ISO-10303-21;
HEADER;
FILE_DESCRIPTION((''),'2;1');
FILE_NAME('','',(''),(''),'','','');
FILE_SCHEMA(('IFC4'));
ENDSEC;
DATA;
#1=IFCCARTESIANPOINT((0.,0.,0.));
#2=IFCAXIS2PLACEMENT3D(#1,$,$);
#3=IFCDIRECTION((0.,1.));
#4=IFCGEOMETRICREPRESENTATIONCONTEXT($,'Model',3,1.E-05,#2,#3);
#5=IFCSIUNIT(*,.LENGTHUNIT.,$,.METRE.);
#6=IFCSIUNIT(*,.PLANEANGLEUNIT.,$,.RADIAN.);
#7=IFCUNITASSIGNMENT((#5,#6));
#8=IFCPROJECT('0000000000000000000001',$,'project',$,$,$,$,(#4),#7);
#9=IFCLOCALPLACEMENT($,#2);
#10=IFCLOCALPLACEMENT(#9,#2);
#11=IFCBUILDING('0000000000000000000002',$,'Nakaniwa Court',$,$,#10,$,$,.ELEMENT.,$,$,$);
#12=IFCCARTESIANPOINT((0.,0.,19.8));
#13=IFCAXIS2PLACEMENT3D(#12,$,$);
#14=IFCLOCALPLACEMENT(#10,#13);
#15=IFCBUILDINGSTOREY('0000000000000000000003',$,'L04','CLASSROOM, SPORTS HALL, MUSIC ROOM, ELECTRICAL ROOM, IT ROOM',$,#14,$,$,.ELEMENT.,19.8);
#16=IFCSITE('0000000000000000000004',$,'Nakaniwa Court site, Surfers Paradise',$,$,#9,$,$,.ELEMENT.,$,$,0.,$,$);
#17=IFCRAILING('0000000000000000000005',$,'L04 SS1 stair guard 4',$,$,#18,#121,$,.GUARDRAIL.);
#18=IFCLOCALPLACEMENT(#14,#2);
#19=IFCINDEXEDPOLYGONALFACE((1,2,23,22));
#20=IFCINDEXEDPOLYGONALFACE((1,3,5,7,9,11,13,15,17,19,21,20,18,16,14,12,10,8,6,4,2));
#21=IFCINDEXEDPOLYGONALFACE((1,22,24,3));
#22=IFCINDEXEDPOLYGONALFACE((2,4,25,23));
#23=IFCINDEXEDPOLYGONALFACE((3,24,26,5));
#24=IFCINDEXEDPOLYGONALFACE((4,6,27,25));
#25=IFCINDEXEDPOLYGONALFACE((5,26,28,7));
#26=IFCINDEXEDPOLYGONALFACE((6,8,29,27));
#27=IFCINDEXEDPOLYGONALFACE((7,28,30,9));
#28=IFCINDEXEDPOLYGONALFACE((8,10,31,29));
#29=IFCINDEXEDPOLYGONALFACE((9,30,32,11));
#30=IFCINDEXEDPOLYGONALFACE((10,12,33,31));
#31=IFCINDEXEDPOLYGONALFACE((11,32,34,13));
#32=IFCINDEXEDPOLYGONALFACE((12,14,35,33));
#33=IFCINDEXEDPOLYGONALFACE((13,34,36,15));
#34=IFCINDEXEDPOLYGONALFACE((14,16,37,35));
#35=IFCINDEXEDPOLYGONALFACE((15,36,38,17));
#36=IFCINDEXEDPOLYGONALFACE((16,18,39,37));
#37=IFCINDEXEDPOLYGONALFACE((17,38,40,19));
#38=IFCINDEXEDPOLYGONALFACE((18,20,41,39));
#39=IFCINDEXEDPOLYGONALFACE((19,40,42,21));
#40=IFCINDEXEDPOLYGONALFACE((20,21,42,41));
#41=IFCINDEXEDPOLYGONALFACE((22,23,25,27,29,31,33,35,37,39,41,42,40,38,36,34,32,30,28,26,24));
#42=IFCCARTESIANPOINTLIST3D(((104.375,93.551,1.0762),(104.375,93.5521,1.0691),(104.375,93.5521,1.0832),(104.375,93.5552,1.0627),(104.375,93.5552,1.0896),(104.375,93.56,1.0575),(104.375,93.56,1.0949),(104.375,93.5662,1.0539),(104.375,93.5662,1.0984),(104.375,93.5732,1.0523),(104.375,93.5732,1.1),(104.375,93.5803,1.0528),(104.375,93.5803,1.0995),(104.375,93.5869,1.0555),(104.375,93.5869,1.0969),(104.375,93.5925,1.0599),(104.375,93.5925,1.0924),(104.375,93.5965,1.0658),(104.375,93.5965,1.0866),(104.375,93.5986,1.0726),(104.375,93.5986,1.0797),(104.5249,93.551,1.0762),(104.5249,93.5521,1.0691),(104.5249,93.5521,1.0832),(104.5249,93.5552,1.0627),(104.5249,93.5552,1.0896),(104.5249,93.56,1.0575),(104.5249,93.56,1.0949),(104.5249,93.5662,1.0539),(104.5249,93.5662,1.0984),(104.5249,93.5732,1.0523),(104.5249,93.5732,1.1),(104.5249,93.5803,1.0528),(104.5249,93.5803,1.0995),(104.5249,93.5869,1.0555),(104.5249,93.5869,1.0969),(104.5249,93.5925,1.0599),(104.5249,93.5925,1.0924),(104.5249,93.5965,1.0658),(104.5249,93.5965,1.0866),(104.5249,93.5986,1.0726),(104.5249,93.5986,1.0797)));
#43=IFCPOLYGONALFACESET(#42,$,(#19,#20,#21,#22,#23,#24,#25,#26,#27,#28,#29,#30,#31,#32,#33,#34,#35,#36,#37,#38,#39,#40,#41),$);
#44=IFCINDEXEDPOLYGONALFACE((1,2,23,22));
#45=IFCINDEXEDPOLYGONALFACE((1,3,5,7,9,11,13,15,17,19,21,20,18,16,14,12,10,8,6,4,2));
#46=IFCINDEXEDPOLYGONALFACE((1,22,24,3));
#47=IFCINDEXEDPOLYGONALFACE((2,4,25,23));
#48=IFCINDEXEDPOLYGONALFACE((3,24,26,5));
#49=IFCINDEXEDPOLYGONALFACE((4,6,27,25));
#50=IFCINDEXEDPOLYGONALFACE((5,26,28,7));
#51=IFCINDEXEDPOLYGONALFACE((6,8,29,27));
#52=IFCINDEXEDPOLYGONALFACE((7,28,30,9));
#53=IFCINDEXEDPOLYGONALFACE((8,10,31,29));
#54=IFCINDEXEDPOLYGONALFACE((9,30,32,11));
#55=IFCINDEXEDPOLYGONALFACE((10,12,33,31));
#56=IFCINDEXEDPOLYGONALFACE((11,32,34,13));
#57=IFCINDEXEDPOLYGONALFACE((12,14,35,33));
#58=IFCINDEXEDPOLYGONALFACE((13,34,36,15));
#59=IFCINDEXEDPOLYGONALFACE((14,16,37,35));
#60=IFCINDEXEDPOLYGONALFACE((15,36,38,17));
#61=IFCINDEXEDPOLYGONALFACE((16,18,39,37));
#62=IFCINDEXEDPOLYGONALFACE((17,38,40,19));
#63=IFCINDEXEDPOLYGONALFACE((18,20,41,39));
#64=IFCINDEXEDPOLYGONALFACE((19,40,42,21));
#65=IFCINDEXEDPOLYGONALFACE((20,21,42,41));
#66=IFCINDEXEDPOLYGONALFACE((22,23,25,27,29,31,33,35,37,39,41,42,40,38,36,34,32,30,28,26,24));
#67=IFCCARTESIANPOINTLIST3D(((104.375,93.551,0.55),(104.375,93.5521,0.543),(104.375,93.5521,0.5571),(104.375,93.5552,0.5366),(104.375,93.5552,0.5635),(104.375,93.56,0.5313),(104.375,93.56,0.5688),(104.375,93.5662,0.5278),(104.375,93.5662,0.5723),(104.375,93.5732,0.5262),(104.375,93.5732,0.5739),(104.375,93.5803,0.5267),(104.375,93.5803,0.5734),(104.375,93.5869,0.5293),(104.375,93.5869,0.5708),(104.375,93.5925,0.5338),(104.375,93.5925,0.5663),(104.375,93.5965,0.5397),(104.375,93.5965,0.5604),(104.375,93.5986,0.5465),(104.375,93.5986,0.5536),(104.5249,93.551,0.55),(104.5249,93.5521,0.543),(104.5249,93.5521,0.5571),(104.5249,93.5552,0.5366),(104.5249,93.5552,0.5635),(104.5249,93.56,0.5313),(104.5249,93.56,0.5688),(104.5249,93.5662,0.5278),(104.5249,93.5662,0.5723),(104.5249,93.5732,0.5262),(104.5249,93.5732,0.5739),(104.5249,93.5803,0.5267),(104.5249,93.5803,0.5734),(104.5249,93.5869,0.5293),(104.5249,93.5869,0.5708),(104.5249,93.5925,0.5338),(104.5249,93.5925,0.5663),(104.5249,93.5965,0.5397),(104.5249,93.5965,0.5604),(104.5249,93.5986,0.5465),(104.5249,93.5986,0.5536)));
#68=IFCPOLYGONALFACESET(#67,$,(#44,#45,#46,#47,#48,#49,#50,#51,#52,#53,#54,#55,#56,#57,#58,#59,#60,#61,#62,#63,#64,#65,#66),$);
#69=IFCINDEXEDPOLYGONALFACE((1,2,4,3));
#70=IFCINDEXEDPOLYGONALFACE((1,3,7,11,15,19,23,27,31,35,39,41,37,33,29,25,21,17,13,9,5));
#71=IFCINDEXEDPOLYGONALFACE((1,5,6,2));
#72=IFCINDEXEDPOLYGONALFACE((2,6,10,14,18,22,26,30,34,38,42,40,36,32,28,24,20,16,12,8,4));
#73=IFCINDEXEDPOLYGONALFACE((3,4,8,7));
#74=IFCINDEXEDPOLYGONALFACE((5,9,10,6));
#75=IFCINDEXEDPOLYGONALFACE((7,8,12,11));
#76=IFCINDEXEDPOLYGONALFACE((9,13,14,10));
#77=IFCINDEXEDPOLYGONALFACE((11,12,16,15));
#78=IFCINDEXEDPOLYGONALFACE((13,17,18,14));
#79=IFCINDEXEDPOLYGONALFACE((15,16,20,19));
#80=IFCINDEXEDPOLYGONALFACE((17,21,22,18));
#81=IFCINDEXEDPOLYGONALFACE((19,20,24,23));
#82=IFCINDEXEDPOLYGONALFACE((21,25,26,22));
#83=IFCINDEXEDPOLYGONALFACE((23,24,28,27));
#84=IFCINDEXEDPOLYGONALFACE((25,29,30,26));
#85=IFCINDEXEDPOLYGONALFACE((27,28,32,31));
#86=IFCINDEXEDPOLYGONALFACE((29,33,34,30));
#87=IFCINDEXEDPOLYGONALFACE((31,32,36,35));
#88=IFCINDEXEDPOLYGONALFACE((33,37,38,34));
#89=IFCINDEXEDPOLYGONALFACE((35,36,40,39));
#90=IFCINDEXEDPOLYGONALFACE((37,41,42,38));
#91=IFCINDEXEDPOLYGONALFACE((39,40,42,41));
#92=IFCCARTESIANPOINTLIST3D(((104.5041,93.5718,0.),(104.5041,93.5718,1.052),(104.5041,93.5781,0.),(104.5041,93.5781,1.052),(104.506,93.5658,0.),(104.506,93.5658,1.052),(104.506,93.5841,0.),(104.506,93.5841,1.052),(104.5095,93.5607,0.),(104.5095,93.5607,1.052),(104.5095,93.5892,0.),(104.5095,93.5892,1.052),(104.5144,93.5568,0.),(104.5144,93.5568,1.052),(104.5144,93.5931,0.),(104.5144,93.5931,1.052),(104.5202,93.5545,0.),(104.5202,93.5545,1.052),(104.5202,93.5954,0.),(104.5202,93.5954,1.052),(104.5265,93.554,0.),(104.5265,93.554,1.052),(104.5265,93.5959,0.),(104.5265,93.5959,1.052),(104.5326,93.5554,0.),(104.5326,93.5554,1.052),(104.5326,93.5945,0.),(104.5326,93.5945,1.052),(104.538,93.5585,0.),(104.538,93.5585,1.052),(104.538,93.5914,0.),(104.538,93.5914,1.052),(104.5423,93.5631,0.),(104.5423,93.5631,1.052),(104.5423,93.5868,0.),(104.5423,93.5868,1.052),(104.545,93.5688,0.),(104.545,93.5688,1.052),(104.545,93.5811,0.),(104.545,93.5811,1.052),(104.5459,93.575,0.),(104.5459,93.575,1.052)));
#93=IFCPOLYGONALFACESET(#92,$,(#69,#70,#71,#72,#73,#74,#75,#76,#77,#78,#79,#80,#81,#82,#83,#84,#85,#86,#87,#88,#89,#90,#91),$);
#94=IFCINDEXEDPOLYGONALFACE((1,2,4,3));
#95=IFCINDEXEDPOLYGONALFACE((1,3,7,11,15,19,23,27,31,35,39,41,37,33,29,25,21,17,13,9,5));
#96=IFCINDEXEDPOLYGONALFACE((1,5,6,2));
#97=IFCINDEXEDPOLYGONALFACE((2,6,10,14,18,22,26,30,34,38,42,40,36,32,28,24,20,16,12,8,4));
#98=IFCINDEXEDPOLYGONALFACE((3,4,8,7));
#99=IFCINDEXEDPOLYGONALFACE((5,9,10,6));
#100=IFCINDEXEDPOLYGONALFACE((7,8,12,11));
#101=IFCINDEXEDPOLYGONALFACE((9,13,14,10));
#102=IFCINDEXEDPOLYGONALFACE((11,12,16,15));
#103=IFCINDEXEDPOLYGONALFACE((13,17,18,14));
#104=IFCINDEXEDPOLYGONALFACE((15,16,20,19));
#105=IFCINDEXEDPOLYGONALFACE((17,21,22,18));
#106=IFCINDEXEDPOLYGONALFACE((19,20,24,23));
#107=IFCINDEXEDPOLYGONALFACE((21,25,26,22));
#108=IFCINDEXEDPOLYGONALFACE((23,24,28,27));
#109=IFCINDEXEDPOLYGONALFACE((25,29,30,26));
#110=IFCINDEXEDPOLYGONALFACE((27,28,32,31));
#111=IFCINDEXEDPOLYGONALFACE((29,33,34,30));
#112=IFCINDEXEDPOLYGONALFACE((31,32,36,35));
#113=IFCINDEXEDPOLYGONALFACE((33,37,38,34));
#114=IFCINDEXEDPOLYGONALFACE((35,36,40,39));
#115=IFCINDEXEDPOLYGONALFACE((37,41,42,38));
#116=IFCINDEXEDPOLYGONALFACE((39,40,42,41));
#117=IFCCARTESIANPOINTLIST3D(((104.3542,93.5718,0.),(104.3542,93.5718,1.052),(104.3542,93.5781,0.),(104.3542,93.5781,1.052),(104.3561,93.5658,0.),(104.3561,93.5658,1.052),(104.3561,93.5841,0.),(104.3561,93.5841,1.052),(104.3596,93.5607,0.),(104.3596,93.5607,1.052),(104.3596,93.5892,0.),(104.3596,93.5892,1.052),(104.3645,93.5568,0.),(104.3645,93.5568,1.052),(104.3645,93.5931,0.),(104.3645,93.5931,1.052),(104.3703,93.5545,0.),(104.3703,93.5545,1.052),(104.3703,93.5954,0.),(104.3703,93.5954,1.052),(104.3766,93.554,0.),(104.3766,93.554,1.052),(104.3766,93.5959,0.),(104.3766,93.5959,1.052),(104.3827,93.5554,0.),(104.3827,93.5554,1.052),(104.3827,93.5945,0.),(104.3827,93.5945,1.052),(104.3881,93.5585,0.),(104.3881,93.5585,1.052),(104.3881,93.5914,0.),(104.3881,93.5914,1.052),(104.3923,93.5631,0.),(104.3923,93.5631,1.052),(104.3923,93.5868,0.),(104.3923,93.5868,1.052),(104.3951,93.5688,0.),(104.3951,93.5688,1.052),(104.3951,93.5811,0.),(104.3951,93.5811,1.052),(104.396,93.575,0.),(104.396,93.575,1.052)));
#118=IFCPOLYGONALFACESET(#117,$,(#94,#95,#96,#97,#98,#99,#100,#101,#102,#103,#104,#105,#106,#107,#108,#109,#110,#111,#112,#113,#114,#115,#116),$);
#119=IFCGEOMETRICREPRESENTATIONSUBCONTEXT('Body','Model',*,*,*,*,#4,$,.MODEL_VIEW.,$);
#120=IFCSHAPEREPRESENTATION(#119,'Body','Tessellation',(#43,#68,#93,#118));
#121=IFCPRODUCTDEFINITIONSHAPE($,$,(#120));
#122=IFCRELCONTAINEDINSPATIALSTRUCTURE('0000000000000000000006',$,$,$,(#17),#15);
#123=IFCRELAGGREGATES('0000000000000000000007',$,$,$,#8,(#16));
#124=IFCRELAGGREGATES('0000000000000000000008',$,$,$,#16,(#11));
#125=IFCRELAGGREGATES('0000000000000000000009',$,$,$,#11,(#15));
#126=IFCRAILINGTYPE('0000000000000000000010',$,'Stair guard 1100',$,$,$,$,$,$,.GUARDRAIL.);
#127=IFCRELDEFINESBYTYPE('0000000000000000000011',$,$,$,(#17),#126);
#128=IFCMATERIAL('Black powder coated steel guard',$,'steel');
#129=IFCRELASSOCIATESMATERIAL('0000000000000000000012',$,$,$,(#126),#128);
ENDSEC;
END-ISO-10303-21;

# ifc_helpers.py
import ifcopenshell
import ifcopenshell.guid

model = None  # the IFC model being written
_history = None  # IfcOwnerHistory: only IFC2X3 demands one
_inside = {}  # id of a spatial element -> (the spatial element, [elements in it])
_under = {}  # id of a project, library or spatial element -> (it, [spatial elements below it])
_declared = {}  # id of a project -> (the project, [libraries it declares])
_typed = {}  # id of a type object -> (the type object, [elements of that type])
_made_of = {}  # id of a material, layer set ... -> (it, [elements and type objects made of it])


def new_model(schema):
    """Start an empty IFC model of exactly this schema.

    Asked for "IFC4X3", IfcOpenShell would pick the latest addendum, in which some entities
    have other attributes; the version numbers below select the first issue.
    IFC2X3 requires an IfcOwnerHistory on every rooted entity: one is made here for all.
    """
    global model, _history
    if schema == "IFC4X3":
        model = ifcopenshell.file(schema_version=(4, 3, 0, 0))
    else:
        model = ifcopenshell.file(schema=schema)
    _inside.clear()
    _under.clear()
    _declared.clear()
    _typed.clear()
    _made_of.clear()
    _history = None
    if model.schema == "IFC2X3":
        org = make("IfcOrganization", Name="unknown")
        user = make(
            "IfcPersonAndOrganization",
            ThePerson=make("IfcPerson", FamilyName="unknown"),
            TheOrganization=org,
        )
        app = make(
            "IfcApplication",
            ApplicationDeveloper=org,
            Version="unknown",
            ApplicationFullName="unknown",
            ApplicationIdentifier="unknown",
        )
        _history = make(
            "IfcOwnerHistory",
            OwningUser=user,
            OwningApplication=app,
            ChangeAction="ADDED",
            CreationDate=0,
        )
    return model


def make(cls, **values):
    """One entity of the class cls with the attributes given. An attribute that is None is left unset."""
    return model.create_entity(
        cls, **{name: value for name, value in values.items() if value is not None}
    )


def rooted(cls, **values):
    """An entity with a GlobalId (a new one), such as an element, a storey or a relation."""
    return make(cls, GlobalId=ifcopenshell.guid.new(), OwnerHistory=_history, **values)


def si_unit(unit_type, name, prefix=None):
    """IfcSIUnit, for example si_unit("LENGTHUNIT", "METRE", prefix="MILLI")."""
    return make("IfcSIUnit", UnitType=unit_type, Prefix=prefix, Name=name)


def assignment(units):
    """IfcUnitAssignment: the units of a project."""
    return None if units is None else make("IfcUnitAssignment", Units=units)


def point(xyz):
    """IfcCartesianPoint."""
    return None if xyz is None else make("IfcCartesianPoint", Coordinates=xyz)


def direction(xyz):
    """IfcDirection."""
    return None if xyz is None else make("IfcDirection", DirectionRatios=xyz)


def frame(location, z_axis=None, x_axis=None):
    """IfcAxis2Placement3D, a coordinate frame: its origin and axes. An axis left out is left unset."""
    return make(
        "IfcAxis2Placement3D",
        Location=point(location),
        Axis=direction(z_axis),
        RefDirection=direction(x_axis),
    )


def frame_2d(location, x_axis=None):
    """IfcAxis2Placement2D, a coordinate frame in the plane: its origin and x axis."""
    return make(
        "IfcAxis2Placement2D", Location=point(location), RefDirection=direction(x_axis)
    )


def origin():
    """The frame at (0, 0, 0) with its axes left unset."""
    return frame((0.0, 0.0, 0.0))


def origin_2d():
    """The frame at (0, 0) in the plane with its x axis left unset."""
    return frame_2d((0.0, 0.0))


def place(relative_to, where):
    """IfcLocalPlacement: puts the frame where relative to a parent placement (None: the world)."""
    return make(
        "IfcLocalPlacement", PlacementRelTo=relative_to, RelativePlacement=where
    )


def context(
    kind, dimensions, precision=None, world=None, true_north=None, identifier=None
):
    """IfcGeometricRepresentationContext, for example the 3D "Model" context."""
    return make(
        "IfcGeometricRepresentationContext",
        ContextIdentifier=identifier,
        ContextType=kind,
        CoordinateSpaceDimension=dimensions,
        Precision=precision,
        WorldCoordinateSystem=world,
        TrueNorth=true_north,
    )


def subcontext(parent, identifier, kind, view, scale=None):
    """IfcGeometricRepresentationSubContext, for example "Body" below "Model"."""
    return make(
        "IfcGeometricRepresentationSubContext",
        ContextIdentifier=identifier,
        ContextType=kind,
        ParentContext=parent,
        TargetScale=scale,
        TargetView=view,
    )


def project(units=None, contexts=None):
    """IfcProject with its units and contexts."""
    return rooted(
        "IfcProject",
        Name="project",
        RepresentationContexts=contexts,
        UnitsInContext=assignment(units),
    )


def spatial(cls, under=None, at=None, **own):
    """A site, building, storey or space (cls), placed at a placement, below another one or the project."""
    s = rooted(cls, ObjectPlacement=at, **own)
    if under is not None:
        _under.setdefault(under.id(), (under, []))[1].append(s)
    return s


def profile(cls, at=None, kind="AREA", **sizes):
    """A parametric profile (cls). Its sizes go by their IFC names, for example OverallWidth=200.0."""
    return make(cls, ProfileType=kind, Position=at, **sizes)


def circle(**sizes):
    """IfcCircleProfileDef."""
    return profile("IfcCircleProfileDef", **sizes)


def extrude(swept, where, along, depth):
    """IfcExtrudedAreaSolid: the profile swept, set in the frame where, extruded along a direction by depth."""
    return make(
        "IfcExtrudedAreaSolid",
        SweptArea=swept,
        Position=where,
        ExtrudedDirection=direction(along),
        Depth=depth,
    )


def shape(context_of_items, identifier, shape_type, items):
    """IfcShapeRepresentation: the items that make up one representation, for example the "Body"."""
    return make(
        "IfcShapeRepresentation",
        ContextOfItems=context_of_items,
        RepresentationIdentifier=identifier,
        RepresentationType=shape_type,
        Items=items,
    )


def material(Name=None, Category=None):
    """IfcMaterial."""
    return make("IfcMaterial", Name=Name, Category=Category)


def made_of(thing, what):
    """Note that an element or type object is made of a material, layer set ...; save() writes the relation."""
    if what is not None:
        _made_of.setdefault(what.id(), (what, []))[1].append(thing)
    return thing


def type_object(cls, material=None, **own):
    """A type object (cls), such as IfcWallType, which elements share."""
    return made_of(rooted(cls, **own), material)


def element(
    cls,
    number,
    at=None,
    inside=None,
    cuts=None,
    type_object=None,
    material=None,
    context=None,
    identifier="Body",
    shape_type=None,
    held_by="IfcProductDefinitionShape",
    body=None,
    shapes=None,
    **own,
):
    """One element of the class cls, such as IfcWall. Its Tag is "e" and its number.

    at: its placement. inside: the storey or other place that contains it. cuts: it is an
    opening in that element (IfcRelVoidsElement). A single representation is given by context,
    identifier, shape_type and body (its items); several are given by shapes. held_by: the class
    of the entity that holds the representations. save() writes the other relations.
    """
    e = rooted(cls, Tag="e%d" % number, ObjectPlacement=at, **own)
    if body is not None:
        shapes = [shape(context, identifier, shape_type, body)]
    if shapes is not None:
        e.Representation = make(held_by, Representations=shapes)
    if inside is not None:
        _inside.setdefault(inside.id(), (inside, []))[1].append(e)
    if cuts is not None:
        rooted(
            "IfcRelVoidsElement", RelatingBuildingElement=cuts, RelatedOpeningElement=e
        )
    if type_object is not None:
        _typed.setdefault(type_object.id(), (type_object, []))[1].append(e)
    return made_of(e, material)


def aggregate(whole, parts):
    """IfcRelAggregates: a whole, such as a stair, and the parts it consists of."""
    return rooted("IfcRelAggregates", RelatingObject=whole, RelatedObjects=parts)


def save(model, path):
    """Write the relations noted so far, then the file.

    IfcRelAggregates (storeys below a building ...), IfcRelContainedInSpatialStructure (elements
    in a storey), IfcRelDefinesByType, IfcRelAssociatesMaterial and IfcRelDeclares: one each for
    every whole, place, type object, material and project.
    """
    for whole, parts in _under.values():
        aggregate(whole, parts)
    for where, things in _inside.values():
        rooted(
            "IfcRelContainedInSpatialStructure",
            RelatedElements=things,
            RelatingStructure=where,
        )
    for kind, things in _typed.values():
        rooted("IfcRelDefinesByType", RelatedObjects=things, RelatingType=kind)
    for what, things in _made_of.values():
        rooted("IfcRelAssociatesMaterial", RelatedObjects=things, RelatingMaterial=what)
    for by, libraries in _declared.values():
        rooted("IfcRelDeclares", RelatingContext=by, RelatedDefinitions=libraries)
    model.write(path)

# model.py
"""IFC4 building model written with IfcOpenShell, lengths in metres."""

from ifc_helpers import new_model, si_unit, direction, frame, origin, origin_2d, place, context, subcontext, project, spatial, circle, extrude, material, type_object, element, save


model = new_model("IFC4")

# Units and contexts
model_context = context("Model", 3, precision=1e-05, world=origin(), true_north=direction((0.0, 1.0)))
body_context = subcontext(model_context, "Body", "Model", "MODEL_VIEW")
ifc_project = project(units=[si_unit("LENGTHUNIT", "METRE"), si_unit("PLANEANGLEUNIT", "RADIAN")], contexts=[model_context])

# Site, building, storey
site_placement = place(None, origin())
site = spatial("IfcSite", under=ifc_project, at=site_placement, Name="Nakaniwa Court site, Surfers Paradise", CompositionType="ELEMENT", RefElevation=0.0)
building_placement = place(site_placement, origin())
building = spatial("IfcBuilding", under=site, at=building_placement, Name="Nakaniwa Court", CompositionType="ELEMENT")
storey_placement = place(building_placement, frame((0.0, 0.0, 19.8)))
storey = spatial("IfcBuildingStorey", under=building, at=storey_placement, Name="L04", Description="CLASSROOM, SPORTS HALL, MUSIC ROOM, ELECTRICAL ROOM, IT ROOM", CompositionType="ELEMENT", Elevation=19.8)

# Railing
ifc_material_1 = material(Name="Black powder coated steel guard", Category="steel")
railing_type_1 = type_object("IfcRailingType", Name="Stair guard 1100", PredefinedType="GUARDRAIL", material=ifc_material_1)
railing_1_placement = place(storey_placement, frame((104.5249, 93.575, 0.0)))
element("IfcRailing", 1, at=railing_1_placement, inside=storey, type_object=railing_type_1, Name="L04 SS1 stair guard 4", PredefinedType="GUARDRAIL", context=body_context, shape_type="SweptSolid", body=[
    extrude(circle(Radius=0.0239, at=origin_2d()), frame((0.0, 0.0, 1.0762), z_axis=(-1.0, 0.0, 0.0), x_axis=(0.0, -1.0, 0.0)), (0.0, 0.0, 1.0), 0.1499),
    extrude(circle(Radius=0.0239, at=origin_2d()), frame((0.0, 0.0, 0.55), z_axis=(-1.0, 0.0, 0.0), x_axis=(0.0, -1.0, 0.0)), (0.0, 0.0, 1.0), 0.1499),
    extrude(circle(Radius=0.021, at=origin_2d()), origin(), (0.0, 0.0, 1.0), 1.052),
    extrude(circle(Radius=0.021, at=origin_2d()), frame((-0.1499, 0.0, 0.0)), (0.0, 0.0, 1.0), 1.052),
])

save(model, "model.ifc")
